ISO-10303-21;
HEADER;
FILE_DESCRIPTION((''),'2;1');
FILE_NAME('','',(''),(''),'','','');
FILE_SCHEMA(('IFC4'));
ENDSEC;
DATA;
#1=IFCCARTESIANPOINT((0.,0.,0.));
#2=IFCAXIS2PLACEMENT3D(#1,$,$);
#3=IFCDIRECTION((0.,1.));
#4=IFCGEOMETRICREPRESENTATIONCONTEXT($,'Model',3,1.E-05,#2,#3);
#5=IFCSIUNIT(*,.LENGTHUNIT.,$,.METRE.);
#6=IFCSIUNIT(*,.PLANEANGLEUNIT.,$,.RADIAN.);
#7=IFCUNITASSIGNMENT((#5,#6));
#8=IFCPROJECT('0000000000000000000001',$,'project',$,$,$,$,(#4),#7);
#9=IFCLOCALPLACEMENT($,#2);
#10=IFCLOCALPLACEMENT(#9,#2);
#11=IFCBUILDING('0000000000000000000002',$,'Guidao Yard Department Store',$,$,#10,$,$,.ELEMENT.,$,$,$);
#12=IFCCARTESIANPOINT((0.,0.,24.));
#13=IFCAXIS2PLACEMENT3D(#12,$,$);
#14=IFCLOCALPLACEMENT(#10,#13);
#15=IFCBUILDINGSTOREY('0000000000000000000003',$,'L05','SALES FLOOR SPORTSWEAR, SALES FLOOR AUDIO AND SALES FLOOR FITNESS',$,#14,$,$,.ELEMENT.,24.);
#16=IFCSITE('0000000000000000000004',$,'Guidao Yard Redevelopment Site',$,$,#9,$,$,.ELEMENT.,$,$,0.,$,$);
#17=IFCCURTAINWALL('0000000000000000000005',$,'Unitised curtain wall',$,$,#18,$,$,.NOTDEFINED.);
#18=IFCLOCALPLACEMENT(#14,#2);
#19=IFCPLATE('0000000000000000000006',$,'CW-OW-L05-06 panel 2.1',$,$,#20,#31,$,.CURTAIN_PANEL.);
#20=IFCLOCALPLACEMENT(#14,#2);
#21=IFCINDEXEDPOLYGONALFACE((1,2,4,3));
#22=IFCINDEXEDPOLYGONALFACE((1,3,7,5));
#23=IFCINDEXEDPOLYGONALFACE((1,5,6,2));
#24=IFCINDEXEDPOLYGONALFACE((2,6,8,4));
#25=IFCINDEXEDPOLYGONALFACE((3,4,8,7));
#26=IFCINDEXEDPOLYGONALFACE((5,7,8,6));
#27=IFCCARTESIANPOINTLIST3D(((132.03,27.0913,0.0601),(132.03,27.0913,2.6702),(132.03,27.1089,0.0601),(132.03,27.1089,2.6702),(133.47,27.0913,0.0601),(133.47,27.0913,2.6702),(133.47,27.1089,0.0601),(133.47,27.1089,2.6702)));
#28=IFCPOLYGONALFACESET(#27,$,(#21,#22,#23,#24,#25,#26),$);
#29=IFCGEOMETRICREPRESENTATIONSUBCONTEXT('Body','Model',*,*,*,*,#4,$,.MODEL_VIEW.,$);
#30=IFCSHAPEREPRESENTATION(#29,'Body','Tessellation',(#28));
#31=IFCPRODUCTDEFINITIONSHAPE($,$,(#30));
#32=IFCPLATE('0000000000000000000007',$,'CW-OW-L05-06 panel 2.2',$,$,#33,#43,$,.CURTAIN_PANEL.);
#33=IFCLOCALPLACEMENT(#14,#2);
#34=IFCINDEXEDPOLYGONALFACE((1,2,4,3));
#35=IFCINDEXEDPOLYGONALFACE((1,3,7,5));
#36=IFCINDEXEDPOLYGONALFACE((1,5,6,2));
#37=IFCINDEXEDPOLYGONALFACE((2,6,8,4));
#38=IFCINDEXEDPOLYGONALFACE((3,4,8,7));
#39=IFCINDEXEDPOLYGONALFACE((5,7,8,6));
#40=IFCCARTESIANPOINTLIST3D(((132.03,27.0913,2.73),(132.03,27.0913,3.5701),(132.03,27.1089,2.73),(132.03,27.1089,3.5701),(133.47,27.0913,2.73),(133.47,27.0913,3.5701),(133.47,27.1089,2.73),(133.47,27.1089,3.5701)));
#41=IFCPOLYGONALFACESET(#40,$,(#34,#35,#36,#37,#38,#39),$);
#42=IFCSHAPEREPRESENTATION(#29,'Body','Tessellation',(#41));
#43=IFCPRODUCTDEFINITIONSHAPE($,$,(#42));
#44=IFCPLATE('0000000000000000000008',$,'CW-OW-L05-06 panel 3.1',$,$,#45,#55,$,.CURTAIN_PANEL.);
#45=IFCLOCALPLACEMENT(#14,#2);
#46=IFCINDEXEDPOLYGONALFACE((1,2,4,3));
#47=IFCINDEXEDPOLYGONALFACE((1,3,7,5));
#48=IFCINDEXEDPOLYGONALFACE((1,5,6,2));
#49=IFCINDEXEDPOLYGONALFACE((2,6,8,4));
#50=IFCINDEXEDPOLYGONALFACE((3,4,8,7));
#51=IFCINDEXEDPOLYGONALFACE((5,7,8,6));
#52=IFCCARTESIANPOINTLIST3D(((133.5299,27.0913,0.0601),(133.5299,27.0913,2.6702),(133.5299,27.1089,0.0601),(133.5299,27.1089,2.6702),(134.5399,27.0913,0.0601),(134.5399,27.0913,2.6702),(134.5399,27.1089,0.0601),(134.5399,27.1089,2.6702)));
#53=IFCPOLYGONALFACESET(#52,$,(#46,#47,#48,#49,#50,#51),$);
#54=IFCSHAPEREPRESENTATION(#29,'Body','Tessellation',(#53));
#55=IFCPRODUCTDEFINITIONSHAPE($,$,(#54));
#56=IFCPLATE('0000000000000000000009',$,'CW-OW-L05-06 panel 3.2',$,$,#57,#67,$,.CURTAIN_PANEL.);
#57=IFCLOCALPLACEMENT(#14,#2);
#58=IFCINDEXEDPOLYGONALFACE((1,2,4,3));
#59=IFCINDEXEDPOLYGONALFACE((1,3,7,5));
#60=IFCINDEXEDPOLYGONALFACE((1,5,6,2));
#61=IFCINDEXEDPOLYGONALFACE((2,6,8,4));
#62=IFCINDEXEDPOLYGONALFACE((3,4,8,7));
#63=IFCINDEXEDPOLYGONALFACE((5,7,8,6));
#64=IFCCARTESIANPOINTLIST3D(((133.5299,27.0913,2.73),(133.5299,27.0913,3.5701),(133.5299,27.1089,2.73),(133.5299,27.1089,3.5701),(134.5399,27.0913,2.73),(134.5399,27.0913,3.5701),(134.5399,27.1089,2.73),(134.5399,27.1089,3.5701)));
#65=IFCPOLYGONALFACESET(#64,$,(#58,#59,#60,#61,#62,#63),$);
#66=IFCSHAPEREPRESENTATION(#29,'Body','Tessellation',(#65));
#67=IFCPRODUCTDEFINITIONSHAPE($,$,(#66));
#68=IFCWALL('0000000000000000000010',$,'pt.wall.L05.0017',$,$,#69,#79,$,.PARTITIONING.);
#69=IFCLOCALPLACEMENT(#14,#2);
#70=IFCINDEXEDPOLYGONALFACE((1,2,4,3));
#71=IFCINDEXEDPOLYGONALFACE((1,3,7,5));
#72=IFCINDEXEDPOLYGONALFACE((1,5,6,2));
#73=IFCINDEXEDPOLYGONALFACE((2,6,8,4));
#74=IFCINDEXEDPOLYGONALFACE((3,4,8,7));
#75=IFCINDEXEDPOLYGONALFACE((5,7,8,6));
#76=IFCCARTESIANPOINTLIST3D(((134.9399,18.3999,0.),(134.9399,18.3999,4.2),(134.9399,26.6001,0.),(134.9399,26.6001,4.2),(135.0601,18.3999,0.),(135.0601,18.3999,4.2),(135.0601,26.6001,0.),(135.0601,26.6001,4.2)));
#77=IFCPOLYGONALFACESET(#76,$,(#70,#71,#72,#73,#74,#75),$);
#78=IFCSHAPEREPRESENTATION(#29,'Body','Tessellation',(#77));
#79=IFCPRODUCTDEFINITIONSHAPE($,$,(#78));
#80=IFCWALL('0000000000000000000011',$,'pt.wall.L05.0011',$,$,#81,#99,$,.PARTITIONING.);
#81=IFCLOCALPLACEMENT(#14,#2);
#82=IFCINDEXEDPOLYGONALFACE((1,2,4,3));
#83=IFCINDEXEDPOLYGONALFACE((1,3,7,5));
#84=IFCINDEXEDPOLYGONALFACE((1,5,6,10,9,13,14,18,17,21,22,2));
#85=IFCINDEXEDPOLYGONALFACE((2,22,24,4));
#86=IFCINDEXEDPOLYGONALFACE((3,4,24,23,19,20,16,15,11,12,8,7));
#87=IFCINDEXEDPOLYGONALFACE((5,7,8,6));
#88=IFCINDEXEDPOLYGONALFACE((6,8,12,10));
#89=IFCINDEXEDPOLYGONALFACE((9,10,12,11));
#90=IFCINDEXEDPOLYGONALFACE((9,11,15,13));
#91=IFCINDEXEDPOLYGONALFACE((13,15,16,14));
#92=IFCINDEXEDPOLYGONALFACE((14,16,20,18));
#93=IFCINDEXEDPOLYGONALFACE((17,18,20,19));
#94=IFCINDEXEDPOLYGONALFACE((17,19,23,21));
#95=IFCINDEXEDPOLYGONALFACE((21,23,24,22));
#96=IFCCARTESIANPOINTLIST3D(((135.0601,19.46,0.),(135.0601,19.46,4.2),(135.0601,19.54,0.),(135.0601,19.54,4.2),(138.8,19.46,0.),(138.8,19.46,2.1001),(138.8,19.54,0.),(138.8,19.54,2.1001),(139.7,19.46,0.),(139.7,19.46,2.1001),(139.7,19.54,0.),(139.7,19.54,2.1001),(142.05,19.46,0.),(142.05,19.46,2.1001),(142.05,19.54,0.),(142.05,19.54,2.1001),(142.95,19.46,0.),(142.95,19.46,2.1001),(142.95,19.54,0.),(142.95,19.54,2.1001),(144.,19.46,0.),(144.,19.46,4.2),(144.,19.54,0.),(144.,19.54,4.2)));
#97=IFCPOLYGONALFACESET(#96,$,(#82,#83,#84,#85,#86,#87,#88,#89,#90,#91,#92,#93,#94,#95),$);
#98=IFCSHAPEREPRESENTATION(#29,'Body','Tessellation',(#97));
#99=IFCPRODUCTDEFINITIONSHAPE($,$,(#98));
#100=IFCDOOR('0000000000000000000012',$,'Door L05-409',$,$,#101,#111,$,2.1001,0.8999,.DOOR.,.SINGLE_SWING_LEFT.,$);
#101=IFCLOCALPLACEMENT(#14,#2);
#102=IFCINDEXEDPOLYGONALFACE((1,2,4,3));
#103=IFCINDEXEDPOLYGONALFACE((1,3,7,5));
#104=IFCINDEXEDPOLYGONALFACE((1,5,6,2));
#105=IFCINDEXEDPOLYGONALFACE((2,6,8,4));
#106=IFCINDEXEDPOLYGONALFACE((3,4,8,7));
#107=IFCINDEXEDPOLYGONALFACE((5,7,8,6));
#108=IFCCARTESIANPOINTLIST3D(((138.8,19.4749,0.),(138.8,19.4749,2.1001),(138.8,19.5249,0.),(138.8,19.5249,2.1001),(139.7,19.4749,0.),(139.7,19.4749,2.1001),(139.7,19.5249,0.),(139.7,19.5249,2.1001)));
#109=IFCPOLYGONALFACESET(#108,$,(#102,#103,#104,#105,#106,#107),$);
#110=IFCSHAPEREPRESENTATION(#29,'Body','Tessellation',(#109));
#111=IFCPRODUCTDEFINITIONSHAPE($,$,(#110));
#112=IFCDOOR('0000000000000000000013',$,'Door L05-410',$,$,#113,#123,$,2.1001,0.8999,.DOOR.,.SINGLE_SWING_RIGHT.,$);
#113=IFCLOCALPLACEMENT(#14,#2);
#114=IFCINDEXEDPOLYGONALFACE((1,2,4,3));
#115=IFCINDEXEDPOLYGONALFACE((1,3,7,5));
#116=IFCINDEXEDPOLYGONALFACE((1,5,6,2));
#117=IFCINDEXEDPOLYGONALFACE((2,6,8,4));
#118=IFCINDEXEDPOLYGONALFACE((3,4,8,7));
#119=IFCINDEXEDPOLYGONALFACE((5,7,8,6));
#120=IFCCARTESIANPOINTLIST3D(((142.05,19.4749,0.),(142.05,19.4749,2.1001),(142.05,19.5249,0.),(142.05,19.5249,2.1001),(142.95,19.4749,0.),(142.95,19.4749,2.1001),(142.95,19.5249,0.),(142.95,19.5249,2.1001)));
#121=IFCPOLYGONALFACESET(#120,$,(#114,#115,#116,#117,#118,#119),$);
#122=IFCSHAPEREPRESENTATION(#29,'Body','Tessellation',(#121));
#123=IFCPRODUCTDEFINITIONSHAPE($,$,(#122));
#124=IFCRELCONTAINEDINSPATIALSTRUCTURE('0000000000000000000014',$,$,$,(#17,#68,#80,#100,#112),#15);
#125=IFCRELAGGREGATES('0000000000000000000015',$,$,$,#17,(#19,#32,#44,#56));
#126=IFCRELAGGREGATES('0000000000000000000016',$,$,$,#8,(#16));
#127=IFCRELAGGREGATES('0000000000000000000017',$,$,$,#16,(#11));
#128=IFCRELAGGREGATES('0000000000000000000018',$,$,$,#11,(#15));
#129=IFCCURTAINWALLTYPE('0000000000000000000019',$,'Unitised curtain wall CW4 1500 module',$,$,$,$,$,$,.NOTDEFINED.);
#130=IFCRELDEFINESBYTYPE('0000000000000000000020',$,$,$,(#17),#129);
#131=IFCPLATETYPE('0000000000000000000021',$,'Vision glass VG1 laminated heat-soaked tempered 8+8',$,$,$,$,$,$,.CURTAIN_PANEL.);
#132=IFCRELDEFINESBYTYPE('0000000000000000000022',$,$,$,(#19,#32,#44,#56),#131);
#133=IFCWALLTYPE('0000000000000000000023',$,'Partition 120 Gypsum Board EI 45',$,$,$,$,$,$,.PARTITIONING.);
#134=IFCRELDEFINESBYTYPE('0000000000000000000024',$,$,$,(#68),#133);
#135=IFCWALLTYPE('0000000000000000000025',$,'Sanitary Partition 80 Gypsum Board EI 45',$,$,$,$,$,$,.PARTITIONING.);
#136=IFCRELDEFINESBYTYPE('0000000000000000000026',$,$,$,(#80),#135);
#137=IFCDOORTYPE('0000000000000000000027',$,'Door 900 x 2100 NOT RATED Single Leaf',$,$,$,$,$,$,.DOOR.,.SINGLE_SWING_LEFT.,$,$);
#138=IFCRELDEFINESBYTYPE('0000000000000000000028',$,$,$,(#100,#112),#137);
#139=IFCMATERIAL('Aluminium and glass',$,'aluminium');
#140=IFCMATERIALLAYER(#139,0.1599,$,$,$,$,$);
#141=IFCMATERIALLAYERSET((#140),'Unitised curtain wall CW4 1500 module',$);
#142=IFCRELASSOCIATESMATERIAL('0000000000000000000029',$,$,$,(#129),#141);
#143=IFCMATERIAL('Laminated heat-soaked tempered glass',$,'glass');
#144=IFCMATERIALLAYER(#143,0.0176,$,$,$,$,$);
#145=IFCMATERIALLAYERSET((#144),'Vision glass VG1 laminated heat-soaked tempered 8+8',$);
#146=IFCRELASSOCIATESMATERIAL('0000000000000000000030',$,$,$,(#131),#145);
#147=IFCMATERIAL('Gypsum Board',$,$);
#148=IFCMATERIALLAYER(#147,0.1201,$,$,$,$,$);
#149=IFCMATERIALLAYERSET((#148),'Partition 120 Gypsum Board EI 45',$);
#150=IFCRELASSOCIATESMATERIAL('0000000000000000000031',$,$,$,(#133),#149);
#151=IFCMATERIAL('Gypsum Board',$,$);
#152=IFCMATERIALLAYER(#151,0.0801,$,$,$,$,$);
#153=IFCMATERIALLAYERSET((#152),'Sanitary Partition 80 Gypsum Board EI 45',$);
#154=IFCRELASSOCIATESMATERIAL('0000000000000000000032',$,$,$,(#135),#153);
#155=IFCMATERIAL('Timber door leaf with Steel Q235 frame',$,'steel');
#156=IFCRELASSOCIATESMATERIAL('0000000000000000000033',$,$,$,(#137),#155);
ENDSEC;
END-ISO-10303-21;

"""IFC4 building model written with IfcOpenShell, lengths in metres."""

from ifc_helpers import new_model, si_unit, direction, frame, frame_2d, origin, origin_2d, place, context, subcontext, project, spatial, rectangle, extrude, material, layer, layer_set, type_object, element, fill, aggregate, save


model = new_model("IFC4")

# Units and contexts
model_context = context("Model", 3, precision=1e-05, world=origin(), true_north=direction((0.0, 1.0)))
body_context = subcontext(model_context, "Body", "Model", "MODEL_VIEW")
ifc_project = project(units=[si_unit("LENGTHUNIT", "METRE"), si_unit("PLANEANGLEUNIT", "RADIAN")], contexts=[model_context])

# Site, building, storey
site_placement = place(None, origin())
site = spatial("IfcSite", under=ifc_project, at=site_placement, Name="Guidao Yard Redevelopment Site", CompositionType="ELEMENT", RefElevation=0.0)
building_placement = place(site_placement, origin())
building = spatial("IfcBuilding", under=site, at=building_placement, Name="Guidao Yard Department Store", CompositionType="ELEMENT")
storey_placement = place(building_placement, frame((0.0, 0.0, 24.0)))
storey = spatial("IfcBuildingStorey", under=building, at=storey_placement, Name="L05", Description="SALES FLOOR SPORTSWEAR, SALES FLOOR AUDIO AND SALES FLOOR FITNESS", CompositionType="ELEMENT", Elevation=24.0)

# Curtain wall, plates
ifc_material_1 = material(Name="Aluminium and glass", Category="aluminium")
ifc_layer_1 = layer(ifc_material_1, 0.1599)
ifc_layer_set_1 = layer_set([ifc_layer_1], Name="Unitised curtain wall CW4 1500 module")
curtain_wall_type = type_object("IfcCurtainWallType", Name="Unitised curtain wall CW4 1500 module", PredefinedType="NOTDEFINED", material=ifc_layer_set_1)
curtain_wall_placement = place(storey_placement, origin())
curtain_wall = element("IfcCurtainWall", 1, at=curtain_wall_placement, inside=storey, type_object=curtain_wall_type, Name="Unitised curtain wall", PredefinedType="NOTDEFINED")
ifc_material_2 = material(Name="Laminated heat-soaked tempered glass", Category="glass")
ifc_layer_2 = layer(ifc_material_2, 0.0176)
ifc_layer_set_2 = layer_set([ifc_layer_2], Name="Vision glass VG1 laminated heat-soaked tempered 8+8")
plate_type_1 = type_object("IfcPlateType", Name="Vision glass VG1 laminated heat-soaked tempered 8+8", PredefinedType="CURTAIN_PANEL", material=ifc_layer_set_2)
plate_1_placement = place(storey_placement, frame((132.75, 27.1001, 0.0601), z_axis=(0.0, 0.0, 1.0), x_axis=(1.0, 0.0, 0.0)))
plate_1 = element("IfcPlate", 2, at=plate_1_placement, type_object=plate_type_1, Name="CW-OW-L05-06 panel 2.1", PredefinedType="CURTAIN_PANEL", context=body_context, shape_type="SweptSolid", body=[
    extrude(rectangle(XDim=1.4399, YDim=0.0176, at=origin_2d()), origin(), (0.0, 0.0, 1.0), 2.6101),
])
plate_2_placement = place(storey_placement, frame((132.75, 27.1001, 2.73), z_axis=(0.0, 0.0, 1.0), x_axis=(1.0, 0.0, 0.0)))
plate_2 = element("IfcPlate", 3, at=plate_2_placement, type_object=plate_type_1, Name="CW-OW-L05-06 panel 2.2", PredefinedType="CURTAIN_PANEL", context=body_context, shape_type="SweptSolid", body=[
    extrude(rectangle(XDim=1.4399, YDim=0.0176, at=origin_2d()), origin(), (0.0, 0.0, 1.0), 0.8401),
])
plate_3_placement = place(storey_placement, frame((134.0349, 27.1001, 0.0601), z_axis=(0.0, 0.0, 1.0), x_axis=(1.0, 0.0, 0.0)))
plate_3 = element("IfcPlate", 4, at=plate_3_placement, type_object=plate_type_1, Name="CW-OW-L05-06 panel 3.1", PredefinedType="CURTAIN_PANEL", context=body_context, shape_type="SweptSolid", body=[
    extrude(rectangle(XDim=1.01, YDim=0.0176, at=origin_2d()), origin(), (0.0, 0.0, 1.0), 2.6101),
])
plate_4_placement = place(storey_placement, frame((134.0349, 27.1001, 2.73), z_axis=(0.0, 0.0, 1.0), x_axis=(1.0, 0.0, 0.0)))
plate_4 = element("IfcPlate", 5, at=plate_4_placement, type_object=plate_type_1, Name="CW-OW-L05-06 panel 3.2", PredefinedType="CURTAIN_PANEL", context=body_context, shape_type="SweptSolid", body=[
    extrude(rectangle(XDim=1.01, YDim=0.0176, at=origin_2d()), origin(), (0.0, 0.0, 1.0), 0.8401),
])
aggregate(curtain_wall, [plate_1, plate_2, plate_3, plate_4])

# Wall
ifc_material_3 = material(Name="Gypsum Board")
ifc_layer_3 = layer(ifc_material_3, 0.1201)
ifc_layer_set_3 = layer_set([ifc_layer_3], Name="Partition 120 Gypsum Board EI 45")
wall_type_1 = type_object("IfcWallType", Name="Partition 120 Gypsum Board EI 45", PredefinedType="PARTITIONING", material=ifc_layer_set_3)
wall_1_placement = place(storey_placement, frame((135.0, 18.3999, 0.0), z_axis=(0.0, 0.0, 1.0), x_axis=(0.0, 1.0, 0.0)))
element("IfcWall", 6, at=wall_1_placement, inside=storey, type_object=wall_type_1, Name="pt.wall.L05.0017", PredefinedType="PARTITIONING", context=body_context, shape_type="SweptSolid", body=[
    extrude(rectangle(XDim=8.2002, YDim=0.1201, at=frame_2d((4.1001, 0.0))), origin(), (0.0, 0.0, 1.0), 4.2),
])

# Wall, openings, doors
ifc_material_4 = material(Name="Gypsum Board")
ifc_layer_4 = layer(ifc_material_4, 0.0801)
ifc_layer_set_4 = layer_set([ifc_layer_4], Name="Sanitary Partition 80 Gypsum Board EI 45")
wall_type_2 = type_object("IfcWallType", Name="Sanitary Partition 80 Gypsum Board EI 45", PredefinedType="PARTITIONING", material=ifc_layer_set_4)
wall_2_placement = place(storey_placement, frame((135.0601, 19.5, 0.0), z_axis=(0.0, 0.0, 1.0), x_axis=(1.0, 0.0, 0.0)))
wall_2 = element("IfcWall", 7, at=wall_2_placement, inside=storey, type_object=wall_type_2, Name="pt.wall.L05.0011", PredefinedType="PARTITIONING", context=body_context, shape_type="SweptSolid", body=[
    extrude(rectangle(XDim=8.9399, YDim=0.0801, at=frame_2d((4.47, 0.0))), origin(), (0.0, 0.0, 1.0), 4.2),
])
opening_1_placement = place(wall_2_placement, frame((3.74, 0.0, 0.0)))
opening_1 = element("IfcOpeningElement", 8, at=opening_1_placement, cuts=wall_2, PredefinedType="OPENING", context=body_context, shape_type="SweptSolid", body=[
    extrude(rectangle(XDim=0.8999, YDim=2.1001, at=frame_2d((0.45, 1.05))), frame((0.0, 0.05, 0.0), z_axis=(0.0, -1.0, 0.0), x_axis=(1.0, 0.0, 0.0)), (0.0, 0.0, 1.0), 0.1001),
])
opening_2_placement = place(wall_2_placement, frame((6.99, 0.0, 0.0)))
opening_2 = element("IfcOpeningElement", 9, at=opening_2_placement, cuts=wall_2, PredefinedType="OPENING", context=body_context, shape_type="SweptSolid", body=[
    extrude(rectangle(XDim=0.8999, YDim=2.1001, at=frame_2d((0.45, 1.05))), frame((0.0, 0.05, 0.0), z_axis=(0.0, -1.0, 0.0), x_axis=(1.0, 0.0, 0.0)), (0.0, 0.0, 1.0), 0.1001),
])
ifc_material_5 = material(Name="Timber door leaf with Steel Q235 frame", Category="steel")
door_type = type_object("IfcDoorType", Name="Door 900 x 2100 NOT RATED Single Leaf", OperationType="SINGLE_SWING_LEFT", PredefinedType="DOOR", material=ifc_material_5)
door_1_placement = place(opening_1_placement, origin())
door_1 = element("IfcDoor", 10, at=door_1_placement, inside=storey, type_object=door_type, Name="Door L05-409", OperationType="SINGLE_SWING_LEFT", OverallHeight=2.1001, OverallWidth=0.8999, PredefinedType="DOOR", context=body_context, shape_type="SweptSolid", body=[
    extrude(rectangle(XDim=0.8999, YDim=2.1001, at=frame_2d((0.45, 1.05))), frame((0.0, 0.0249, 0.0), z_axis=(0.0, -1.0, 0.0), x_axis=(1.0, 0.0, 0.0)), (0.0, 0.0, 1.0), 0.05),
])
fill(opening_1, door_1)
door_2_placement = place(opening_2_placement, origin())
door_2 = element("IfcDoor", 11, at=door_2_placement, inside=storey, type_object=door_type, Name="Door L05-410", OperationType="SINGLE_SWING_RIGHT", OverallHeight=2.1001, OverallWidth=0.8999, PredefinedType="DOOR", context=body_context, shape_type="SweptSolid", body=[
    extrude(rectangle(XDim=0.8999, YDim=2.1001, at=frame_2d((0.45, 1.05))), frame((0.0, 0.0249, 0.0), z_axis=(0.0, -1.0, 0.0), x_axis=(1.0, 0.0, 0.0)), (0.0, 0.0, 1.0), 0.05),
])
fill(opening_2, door_2)

save(model, "model.ifc")
